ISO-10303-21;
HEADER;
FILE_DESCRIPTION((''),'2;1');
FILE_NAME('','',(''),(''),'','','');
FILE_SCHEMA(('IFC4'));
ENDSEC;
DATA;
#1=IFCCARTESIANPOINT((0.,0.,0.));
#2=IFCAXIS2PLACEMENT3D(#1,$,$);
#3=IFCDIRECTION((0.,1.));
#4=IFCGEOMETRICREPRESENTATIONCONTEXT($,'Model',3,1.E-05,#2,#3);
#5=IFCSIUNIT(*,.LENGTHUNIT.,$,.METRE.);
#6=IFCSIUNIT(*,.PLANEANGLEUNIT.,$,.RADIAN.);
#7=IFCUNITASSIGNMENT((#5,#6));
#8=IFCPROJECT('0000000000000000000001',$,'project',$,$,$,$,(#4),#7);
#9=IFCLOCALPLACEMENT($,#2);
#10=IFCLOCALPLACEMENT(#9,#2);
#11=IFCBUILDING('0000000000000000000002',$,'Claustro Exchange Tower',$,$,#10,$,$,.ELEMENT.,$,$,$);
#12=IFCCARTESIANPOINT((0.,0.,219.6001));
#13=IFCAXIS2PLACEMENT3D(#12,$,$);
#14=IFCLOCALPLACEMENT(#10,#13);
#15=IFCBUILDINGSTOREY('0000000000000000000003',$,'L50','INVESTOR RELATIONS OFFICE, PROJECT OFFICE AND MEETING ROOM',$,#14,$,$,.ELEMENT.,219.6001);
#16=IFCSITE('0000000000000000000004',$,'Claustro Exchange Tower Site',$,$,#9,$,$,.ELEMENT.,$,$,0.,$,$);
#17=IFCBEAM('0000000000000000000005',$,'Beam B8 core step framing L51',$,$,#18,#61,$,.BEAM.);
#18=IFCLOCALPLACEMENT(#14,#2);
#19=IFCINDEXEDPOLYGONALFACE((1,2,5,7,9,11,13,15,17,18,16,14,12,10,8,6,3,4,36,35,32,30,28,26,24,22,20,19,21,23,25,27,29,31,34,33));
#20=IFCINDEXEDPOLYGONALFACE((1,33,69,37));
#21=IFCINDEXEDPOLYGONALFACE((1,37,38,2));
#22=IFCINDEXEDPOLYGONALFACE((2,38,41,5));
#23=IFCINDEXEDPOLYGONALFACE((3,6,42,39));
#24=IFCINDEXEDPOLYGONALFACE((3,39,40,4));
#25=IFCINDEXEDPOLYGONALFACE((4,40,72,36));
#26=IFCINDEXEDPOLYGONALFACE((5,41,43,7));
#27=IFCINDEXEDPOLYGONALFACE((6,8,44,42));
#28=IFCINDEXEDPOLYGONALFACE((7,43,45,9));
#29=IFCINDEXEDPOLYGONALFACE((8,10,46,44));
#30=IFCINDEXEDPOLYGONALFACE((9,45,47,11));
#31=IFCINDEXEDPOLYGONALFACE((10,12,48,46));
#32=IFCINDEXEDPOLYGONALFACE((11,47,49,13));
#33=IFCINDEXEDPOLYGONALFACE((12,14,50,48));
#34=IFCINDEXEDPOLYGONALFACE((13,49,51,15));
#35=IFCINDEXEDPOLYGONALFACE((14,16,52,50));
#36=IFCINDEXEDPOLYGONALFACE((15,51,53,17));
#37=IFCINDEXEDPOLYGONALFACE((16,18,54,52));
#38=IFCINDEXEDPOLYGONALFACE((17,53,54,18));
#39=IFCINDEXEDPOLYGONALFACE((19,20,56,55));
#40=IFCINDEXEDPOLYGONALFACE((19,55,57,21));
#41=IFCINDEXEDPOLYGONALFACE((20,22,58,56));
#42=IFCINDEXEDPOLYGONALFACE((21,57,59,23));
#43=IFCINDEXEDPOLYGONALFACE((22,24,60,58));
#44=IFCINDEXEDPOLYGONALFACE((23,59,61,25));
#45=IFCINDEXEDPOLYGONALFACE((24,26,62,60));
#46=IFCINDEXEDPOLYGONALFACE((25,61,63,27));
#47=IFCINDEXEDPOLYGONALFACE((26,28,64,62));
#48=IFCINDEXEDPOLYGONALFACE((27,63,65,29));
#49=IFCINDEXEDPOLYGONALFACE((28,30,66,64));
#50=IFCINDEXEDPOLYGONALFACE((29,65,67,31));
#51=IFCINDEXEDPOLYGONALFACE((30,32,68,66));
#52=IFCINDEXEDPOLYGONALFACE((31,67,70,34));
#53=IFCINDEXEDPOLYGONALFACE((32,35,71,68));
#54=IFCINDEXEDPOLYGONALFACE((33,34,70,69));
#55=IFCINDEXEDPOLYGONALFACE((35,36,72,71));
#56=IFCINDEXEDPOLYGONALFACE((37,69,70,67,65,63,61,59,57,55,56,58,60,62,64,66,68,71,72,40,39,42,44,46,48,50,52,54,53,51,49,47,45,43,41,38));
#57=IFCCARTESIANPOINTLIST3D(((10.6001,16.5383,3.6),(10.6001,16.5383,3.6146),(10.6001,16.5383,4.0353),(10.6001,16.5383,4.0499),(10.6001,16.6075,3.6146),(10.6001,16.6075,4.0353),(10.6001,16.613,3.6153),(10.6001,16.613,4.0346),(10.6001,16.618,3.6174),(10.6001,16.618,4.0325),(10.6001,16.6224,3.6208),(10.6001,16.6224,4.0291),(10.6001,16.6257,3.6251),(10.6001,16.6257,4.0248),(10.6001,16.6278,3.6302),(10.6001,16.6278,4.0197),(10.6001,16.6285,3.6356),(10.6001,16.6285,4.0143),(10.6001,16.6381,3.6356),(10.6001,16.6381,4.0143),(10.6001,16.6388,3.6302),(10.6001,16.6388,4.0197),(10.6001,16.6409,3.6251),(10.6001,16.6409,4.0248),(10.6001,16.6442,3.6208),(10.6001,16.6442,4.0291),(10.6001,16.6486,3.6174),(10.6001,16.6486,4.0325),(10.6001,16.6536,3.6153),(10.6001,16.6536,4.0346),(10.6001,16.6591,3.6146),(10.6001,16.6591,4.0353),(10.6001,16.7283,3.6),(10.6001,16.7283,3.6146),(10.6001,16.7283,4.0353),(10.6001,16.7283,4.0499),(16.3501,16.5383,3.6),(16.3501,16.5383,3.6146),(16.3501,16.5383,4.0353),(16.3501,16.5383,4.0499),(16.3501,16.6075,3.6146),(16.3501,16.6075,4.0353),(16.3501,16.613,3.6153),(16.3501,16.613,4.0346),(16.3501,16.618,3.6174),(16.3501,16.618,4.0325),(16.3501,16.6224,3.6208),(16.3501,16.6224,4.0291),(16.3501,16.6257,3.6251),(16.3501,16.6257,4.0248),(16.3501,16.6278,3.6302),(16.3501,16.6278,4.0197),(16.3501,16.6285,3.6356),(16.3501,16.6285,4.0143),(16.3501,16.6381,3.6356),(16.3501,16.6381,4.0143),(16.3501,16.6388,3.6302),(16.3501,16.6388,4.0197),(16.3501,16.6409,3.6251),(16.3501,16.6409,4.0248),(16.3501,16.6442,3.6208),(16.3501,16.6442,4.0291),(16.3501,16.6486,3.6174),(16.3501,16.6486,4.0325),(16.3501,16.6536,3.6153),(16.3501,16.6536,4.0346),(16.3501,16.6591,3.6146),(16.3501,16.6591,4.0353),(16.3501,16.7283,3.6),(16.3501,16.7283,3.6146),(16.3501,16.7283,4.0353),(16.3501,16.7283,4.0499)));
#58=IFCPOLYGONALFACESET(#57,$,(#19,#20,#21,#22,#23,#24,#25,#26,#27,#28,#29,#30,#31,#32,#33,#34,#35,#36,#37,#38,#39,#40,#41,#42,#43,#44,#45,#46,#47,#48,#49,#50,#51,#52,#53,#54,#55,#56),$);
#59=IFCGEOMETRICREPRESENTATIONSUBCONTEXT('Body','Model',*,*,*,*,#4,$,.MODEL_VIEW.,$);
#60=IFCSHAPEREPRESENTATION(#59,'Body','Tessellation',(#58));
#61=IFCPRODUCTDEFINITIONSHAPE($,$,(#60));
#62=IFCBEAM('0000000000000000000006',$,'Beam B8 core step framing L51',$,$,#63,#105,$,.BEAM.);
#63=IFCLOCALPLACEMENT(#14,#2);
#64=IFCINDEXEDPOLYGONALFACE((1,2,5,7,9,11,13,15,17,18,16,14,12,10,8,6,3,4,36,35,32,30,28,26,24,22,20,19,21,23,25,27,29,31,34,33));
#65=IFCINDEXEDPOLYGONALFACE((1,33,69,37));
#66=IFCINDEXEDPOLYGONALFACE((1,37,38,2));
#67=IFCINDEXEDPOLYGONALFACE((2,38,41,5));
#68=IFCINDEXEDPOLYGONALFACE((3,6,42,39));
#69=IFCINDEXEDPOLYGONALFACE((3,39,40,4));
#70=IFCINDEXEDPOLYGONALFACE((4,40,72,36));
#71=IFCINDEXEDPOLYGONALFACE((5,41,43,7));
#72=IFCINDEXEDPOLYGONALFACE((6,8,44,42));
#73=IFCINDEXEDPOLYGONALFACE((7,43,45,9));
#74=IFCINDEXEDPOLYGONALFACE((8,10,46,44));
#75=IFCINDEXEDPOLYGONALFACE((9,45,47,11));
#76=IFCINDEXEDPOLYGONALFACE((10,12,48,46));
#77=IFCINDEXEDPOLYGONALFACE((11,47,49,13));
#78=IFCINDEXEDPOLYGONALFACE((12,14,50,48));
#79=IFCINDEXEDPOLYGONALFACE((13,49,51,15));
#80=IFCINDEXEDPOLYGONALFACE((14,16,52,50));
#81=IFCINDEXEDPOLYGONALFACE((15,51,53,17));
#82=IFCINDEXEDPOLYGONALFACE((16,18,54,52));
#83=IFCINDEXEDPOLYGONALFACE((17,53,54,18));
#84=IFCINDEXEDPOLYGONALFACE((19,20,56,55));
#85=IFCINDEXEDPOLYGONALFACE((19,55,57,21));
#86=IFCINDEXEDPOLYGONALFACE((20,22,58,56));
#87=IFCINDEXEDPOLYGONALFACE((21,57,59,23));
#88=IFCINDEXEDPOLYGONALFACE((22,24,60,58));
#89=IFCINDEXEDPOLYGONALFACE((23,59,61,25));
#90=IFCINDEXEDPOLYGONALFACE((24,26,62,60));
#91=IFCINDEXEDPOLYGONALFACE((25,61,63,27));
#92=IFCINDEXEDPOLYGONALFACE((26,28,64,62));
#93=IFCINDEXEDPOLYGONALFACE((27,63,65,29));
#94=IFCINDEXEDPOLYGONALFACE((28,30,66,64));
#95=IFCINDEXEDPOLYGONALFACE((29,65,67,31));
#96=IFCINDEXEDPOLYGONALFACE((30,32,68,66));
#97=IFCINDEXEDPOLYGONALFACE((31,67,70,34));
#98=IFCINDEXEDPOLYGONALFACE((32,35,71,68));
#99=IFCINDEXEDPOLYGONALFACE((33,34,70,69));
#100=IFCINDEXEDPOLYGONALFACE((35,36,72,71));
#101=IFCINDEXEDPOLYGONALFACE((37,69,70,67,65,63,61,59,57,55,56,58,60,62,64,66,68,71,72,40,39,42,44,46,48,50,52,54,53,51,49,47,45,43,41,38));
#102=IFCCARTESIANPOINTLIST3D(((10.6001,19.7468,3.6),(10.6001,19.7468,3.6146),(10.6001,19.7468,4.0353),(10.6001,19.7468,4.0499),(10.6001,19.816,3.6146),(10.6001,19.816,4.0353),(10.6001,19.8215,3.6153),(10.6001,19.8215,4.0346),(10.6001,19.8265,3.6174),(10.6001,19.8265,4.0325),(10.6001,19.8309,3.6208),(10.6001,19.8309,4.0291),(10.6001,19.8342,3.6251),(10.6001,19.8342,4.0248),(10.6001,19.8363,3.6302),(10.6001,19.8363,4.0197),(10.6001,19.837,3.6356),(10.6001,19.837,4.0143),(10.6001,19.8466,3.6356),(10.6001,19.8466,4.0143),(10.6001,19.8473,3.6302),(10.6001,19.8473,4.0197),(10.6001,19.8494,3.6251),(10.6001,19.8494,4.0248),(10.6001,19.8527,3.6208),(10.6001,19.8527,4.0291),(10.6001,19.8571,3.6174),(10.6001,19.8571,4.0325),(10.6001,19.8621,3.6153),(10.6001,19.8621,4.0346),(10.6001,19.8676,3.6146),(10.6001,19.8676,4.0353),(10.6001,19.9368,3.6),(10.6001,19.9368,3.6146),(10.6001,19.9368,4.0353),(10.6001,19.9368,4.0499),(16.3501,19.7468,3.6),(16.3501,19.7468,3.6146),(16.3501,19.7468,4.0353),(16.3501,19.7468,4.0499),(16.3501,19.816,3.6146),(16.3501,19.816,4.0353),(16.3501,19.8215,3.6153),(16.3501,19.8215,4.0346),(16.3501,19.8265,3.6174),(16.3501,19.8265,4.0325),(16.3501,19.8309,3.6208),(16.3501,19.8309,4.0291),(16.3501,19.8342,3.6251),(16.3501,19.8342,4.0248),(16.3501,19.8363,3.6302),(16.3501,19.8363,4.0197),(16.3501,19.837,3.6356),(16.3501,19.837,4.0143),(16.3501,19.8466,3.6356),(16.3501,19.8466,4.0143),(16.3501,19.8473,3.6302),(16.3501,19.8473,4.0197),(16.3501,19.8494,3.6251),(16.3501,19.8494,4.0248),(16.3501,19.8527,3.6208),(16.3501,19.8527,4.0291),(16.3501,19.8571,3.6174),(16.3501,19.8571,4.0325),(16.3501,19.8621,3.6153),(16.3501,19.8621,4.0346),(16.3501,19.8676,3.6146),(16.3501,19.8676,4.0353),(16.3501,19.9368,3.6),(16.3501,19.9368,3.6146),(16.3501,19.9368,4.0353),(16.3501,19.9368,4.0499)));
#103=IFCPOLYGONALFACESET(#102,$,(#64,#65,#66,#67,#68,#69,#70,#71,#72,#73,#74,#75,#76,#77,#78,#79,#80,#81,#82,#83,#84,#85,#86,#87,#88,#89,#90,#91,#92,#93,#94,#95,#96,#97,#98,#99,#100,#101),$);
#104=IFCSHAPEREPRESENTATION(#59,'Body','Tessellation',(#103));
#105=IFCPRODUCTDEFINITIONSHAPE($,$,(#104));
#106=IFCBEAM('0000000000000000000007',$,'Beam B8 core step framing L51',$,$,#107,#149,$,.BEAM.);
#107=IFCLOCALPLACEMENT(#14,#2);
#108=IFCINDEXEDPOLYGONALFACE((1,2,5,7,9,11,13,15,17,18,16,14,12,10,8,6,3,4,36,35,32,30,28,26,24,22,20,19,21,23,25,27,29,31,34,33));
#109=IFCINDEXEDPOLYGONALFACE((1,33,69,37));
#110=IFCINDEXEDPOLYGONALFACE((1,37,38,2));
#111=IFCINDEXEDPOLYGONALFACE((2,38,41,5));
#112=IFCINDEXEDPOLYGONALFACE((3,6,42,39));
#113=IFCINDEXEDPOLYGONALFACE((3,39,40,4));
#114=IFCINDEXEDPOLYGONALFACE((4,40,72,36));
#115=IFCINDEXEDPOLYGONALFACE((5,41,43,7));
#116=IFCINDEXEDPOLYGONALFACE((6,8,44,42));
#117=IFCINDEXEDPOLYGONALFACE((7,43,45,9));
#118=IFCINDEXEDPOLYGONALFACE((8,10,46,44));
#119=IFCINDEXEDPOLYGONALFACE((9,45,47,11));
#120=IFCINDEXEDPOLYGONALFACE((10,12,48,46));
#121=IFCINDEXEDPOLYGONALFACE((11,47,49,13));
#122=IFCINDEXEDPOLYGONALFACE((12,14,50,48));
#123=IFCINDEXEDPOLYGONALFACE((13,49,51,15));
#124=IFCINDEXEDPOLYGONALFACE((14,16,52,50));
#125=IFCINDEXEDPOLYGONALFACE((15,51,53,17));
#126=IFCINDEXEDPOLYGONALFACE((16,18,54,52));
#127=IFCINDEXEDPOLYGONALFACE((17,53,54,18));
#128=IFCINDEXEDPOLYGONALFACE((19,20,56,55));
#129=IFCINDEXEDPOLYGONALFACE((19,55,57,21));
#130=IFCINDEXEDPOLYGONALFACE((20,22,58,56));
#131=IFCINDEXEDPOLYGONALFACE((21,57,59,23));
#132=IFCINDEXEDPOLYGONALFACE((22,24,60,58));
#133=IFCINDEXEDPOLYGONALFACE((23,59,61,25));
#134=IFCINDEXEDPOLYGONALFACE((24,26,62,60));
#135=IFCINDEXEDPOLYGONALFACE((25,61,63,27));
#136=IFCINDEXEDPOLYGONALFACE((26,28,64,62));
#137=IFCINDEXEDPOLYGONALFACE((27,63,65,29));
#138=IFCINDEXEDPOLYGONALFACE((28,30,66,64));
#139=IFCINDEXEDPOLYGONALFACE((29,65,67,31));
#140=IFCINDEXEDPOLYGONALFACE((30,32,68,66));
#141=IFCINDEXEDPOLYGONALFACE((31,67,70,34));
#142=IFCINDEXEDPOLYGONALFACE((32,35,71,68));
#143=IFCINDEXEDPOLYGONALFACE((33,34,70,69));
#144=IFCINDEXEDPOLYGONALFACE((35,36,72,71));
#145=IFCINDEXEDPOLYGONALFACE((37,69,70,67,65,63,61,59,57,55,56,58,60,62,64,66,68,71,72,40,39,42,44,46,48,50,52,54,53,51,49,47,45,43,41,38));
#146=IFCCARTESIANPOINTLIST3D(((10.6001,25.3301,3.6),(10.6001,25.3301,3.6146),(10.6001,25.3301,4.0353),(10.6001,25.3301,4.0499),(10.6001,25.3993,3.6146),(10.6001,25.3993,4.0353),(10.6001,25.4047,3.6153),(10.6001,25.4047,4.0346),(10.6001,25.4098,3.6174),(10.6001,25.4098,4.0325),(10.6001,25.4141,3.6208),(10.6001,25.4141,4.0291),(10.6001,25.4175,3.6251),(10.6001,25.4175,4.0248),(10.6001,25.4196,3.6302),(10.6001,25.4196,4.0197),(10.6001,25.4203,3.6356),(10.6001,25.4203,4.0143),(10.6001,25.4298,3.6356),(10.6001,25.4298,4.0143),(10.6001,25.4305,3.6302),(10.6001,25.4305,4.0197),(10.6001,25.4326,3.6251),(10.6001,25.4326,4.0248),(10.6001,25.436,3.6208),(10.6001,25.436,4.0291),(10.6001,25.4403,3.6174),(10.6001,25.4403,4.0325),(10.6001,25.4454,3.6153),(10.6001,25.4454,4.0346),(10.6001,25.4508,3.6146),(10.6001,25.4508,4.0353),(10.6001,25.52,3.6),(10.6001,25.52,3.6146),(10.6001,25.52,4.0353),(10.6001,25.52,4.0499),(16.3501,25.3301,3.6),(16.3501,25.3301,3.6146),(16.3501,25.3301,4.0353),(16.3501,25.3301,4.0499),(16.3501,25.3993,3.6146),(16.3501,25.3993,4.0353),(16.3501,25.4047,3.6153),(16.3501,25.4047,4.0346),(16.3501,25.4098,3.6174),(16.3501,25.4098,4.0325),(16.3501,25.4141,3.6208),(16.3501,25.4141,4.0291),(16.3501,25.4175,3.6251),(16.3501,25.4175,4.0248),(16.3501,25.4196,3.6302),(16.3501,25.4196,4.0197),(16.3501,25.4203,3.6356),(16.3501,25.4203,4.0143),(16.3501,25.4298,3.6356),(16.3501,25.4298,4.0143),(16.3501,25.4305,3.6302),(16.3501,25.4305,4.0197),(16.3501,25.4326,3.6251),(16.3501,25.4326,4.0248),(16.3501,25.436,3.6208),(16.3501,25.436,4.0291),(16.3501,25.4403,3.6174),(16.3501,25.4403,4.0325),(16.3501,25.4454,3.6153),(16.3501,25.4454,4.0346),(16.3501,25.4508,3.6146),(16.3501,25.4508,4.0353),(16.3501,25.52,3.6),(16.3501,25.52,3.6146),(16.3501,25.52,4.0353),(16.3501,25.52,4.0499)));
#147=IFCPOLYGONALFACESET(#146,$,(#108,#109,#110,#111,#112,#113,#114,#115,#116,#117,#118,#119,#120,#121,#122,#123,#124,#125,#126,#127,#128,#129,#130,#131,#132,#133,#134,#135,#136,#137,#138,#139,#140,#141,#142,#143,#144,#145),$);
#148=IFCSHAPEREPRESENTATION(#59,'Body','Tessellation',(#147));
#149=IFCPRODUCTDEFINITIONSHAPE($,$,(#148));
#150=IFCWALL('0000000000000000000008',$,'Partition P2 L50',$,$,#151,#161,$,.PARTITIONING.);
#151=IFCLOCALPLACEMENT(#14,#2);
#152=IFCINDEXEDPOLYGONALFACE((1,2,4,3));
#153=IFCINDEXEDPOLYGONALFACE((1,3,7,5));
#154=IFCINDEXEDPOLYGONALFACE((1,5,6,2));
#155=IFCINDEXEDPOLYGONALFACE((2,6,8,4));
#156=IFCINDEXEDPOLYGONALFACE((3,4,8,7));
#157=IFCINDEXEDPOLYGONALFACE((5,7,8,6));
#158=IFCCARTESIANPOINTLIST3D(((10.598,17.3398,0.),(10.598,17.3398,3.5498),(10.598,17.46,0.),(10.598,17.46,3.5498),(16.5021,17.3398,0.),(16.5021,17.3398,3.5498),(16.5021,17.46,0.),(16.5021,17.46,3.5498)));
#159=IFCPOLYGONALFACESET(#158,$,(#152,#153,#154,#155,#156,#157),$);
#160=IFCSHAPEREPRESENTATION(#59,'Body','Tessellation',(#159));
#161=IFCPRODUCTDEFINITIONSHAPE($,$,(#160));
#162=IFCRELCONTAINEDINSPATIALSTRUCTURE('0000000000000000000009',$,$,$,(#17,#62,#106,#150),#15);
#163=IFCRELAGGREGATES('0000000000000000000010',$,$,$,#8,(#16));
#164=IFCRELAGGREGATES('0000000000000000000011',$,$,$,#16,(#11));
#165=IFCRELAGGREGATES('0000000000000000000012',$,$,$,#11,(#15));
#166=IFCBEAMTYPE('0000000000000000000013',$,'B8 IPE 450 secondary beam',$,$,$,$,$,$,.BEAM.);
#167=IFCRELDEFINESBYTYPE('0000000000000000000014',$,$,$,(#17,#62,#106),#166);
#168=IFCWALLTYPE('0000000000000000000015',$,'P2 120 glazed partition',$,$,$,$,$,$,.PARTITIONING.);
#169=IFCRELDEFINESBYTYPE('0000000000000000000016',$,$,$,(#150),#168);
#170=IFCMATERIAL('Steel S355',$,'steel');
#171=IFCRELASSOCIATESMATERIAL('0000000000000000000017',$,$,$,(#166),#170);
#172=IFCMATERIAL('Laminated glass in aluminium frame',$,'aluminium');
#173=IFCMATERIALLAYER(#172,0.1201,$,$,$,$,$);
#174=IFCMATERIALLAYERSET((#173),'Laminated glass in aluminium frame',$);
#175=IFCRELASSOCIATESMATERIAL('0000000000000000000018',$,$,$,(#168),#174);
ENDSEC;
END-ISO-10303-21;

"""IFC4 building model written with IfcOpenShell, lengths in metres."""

from ifc_helpers import new_model, si_unit, direction, frame, frame_2d, origin, origin_2d, place, context, subcontext, project, spatial, rectangle, i_section, extrude, material, layer, layer_set, material_profile, profile_set, type_object, element, save


model = new_model("IFC4")

# Units and contexts
model_context = context("Model", 3, precision=1e-05, world=origin(), true_north=direction((0.0, 1.0)))
body_context = subcontext(model_context, "Body", "Model", "MODEL_VIEW")
ifc_project = project(units=[si_unit("LENGTHUNIT", "METRE"), si_unit("PLANEANGLEUNIT", "RADIAN")], contexts=[model_context])

# Site, building, storey
site_placement = place(None, origin())
site = spatial("IfcSite", under=ifc_project, at=site_placement, Name="Claustro Exchange Tower Site", CompositionType="ELEMENT", RefElevation=0.0)
building_placement = place(site_placement, origin())
building = spatial("IfcBuilding", under=site, at=building_placement, Name="Claustro Exchange Tower", CompositionType="ELEMENT")
storey_placement = place(building_placement, frame((0.0, 0.0, 219.6001)))
storey = spatial("IfcBuildingStorey", under=building, at=storey_placement, Name="L50", Description="INVESTOR RELATIONS OFFICE, PROJECT OFFICE AND MEETING ROOM", CompositionType="ELEMENT", Elevation=219.6001)

# Beams
ifc_material_1 = material(Name="Steel S355", Category="steel")
ifc_material_profile_1 = material_profile(ifc_material_1, i_section(OverallWidth=0.1899, OverallDepth=0.45, WebThickness=0.0095, FlangeThickness=0.0146, FilletRadius=0.021, at=origin_2d()), Name="IPE 450")
ifc_profile_set_1 = profile_set([ifc_material_profile_1], Name="Steel S355")
beam_type_1 = type_object("IfcBeamType", Name="B8 IPE 450 secondary beam", PredefinedType="BEAM", material=ifc_profile_set_1)
for number, where, z_axis, x_axis, name in (
    (1, (10.6001, 16.6333, 3.825), (1.0, 0.0, 0.0), (0.0, 1.0, 0.0), "Beam B8 core step framing L51"),
    (2, (10.6001, 19.8418, 3.825), (1.0, 0.0, 0.0), (0.0, 1.0, 0.0), "Beam B8 core step framing L51"),
    (3, (10.6001, 25.425, 3.825), (1.0, 0.0, 0.0), (0.0, 1.0, 0.0), "Beam B8 core step framing L51"),
):
    element("IfcBeam", number, at=place(storey_placement, frame(where, z_axis=z_axis, x_axis=x_axis)), inside=storey, type_object=beam_type_1, Name=name, PredefinedType="BEAM", context=body_context, shape_type="SweptSolid", body=[
        extrude(i_section(OverallWidth=0.1899, OverallDepth=0.45, WebThickness=0.0095, FlangeThickness=0.0146, FilletRadius=0.021, at=origin_2d()), origin(), (0.0, 0.0, 1.0), 5.75),
    ])

# Wall
ifc_material_2 = material(Name="Laminated glass in aluminium frame", Category="aluminium")
ifc_layer_1 = layer(ifc_material_2, 0.1201)
ifc_layer_set_1 = layer_set([ifc_layer_1], Name="Laminated glass in aluminium frame")
wall_type_1 = type_object("IfcWallType", Name="P2 120 glazed partition", PredefinedType="PARTITIONING", material=ifc_layer_set_1)
wall_1_placement = place(storey_placement, frame((10.5979, 17.3999, 0.0), z_axis=(0.0, 0.0, 1.0), x_axis=(1.0, 0.0, 0.0)))
element("IfcWall", 4, at=wall_1_placement, inside=storey, type_object=wall_type_1, Name="Partition P2 L50", PredefinedType="PARTITIONING", context=body_context, shape_type="SweptSolid", body=[
    extrude(rectangle(XDim=5.9041, YDim=0.1201, at=frame_2d((2.9521, 0.0))), origin(), (0.0, 0.0, 1.0), 3.5498),
])

save(model, "model.ifc")
